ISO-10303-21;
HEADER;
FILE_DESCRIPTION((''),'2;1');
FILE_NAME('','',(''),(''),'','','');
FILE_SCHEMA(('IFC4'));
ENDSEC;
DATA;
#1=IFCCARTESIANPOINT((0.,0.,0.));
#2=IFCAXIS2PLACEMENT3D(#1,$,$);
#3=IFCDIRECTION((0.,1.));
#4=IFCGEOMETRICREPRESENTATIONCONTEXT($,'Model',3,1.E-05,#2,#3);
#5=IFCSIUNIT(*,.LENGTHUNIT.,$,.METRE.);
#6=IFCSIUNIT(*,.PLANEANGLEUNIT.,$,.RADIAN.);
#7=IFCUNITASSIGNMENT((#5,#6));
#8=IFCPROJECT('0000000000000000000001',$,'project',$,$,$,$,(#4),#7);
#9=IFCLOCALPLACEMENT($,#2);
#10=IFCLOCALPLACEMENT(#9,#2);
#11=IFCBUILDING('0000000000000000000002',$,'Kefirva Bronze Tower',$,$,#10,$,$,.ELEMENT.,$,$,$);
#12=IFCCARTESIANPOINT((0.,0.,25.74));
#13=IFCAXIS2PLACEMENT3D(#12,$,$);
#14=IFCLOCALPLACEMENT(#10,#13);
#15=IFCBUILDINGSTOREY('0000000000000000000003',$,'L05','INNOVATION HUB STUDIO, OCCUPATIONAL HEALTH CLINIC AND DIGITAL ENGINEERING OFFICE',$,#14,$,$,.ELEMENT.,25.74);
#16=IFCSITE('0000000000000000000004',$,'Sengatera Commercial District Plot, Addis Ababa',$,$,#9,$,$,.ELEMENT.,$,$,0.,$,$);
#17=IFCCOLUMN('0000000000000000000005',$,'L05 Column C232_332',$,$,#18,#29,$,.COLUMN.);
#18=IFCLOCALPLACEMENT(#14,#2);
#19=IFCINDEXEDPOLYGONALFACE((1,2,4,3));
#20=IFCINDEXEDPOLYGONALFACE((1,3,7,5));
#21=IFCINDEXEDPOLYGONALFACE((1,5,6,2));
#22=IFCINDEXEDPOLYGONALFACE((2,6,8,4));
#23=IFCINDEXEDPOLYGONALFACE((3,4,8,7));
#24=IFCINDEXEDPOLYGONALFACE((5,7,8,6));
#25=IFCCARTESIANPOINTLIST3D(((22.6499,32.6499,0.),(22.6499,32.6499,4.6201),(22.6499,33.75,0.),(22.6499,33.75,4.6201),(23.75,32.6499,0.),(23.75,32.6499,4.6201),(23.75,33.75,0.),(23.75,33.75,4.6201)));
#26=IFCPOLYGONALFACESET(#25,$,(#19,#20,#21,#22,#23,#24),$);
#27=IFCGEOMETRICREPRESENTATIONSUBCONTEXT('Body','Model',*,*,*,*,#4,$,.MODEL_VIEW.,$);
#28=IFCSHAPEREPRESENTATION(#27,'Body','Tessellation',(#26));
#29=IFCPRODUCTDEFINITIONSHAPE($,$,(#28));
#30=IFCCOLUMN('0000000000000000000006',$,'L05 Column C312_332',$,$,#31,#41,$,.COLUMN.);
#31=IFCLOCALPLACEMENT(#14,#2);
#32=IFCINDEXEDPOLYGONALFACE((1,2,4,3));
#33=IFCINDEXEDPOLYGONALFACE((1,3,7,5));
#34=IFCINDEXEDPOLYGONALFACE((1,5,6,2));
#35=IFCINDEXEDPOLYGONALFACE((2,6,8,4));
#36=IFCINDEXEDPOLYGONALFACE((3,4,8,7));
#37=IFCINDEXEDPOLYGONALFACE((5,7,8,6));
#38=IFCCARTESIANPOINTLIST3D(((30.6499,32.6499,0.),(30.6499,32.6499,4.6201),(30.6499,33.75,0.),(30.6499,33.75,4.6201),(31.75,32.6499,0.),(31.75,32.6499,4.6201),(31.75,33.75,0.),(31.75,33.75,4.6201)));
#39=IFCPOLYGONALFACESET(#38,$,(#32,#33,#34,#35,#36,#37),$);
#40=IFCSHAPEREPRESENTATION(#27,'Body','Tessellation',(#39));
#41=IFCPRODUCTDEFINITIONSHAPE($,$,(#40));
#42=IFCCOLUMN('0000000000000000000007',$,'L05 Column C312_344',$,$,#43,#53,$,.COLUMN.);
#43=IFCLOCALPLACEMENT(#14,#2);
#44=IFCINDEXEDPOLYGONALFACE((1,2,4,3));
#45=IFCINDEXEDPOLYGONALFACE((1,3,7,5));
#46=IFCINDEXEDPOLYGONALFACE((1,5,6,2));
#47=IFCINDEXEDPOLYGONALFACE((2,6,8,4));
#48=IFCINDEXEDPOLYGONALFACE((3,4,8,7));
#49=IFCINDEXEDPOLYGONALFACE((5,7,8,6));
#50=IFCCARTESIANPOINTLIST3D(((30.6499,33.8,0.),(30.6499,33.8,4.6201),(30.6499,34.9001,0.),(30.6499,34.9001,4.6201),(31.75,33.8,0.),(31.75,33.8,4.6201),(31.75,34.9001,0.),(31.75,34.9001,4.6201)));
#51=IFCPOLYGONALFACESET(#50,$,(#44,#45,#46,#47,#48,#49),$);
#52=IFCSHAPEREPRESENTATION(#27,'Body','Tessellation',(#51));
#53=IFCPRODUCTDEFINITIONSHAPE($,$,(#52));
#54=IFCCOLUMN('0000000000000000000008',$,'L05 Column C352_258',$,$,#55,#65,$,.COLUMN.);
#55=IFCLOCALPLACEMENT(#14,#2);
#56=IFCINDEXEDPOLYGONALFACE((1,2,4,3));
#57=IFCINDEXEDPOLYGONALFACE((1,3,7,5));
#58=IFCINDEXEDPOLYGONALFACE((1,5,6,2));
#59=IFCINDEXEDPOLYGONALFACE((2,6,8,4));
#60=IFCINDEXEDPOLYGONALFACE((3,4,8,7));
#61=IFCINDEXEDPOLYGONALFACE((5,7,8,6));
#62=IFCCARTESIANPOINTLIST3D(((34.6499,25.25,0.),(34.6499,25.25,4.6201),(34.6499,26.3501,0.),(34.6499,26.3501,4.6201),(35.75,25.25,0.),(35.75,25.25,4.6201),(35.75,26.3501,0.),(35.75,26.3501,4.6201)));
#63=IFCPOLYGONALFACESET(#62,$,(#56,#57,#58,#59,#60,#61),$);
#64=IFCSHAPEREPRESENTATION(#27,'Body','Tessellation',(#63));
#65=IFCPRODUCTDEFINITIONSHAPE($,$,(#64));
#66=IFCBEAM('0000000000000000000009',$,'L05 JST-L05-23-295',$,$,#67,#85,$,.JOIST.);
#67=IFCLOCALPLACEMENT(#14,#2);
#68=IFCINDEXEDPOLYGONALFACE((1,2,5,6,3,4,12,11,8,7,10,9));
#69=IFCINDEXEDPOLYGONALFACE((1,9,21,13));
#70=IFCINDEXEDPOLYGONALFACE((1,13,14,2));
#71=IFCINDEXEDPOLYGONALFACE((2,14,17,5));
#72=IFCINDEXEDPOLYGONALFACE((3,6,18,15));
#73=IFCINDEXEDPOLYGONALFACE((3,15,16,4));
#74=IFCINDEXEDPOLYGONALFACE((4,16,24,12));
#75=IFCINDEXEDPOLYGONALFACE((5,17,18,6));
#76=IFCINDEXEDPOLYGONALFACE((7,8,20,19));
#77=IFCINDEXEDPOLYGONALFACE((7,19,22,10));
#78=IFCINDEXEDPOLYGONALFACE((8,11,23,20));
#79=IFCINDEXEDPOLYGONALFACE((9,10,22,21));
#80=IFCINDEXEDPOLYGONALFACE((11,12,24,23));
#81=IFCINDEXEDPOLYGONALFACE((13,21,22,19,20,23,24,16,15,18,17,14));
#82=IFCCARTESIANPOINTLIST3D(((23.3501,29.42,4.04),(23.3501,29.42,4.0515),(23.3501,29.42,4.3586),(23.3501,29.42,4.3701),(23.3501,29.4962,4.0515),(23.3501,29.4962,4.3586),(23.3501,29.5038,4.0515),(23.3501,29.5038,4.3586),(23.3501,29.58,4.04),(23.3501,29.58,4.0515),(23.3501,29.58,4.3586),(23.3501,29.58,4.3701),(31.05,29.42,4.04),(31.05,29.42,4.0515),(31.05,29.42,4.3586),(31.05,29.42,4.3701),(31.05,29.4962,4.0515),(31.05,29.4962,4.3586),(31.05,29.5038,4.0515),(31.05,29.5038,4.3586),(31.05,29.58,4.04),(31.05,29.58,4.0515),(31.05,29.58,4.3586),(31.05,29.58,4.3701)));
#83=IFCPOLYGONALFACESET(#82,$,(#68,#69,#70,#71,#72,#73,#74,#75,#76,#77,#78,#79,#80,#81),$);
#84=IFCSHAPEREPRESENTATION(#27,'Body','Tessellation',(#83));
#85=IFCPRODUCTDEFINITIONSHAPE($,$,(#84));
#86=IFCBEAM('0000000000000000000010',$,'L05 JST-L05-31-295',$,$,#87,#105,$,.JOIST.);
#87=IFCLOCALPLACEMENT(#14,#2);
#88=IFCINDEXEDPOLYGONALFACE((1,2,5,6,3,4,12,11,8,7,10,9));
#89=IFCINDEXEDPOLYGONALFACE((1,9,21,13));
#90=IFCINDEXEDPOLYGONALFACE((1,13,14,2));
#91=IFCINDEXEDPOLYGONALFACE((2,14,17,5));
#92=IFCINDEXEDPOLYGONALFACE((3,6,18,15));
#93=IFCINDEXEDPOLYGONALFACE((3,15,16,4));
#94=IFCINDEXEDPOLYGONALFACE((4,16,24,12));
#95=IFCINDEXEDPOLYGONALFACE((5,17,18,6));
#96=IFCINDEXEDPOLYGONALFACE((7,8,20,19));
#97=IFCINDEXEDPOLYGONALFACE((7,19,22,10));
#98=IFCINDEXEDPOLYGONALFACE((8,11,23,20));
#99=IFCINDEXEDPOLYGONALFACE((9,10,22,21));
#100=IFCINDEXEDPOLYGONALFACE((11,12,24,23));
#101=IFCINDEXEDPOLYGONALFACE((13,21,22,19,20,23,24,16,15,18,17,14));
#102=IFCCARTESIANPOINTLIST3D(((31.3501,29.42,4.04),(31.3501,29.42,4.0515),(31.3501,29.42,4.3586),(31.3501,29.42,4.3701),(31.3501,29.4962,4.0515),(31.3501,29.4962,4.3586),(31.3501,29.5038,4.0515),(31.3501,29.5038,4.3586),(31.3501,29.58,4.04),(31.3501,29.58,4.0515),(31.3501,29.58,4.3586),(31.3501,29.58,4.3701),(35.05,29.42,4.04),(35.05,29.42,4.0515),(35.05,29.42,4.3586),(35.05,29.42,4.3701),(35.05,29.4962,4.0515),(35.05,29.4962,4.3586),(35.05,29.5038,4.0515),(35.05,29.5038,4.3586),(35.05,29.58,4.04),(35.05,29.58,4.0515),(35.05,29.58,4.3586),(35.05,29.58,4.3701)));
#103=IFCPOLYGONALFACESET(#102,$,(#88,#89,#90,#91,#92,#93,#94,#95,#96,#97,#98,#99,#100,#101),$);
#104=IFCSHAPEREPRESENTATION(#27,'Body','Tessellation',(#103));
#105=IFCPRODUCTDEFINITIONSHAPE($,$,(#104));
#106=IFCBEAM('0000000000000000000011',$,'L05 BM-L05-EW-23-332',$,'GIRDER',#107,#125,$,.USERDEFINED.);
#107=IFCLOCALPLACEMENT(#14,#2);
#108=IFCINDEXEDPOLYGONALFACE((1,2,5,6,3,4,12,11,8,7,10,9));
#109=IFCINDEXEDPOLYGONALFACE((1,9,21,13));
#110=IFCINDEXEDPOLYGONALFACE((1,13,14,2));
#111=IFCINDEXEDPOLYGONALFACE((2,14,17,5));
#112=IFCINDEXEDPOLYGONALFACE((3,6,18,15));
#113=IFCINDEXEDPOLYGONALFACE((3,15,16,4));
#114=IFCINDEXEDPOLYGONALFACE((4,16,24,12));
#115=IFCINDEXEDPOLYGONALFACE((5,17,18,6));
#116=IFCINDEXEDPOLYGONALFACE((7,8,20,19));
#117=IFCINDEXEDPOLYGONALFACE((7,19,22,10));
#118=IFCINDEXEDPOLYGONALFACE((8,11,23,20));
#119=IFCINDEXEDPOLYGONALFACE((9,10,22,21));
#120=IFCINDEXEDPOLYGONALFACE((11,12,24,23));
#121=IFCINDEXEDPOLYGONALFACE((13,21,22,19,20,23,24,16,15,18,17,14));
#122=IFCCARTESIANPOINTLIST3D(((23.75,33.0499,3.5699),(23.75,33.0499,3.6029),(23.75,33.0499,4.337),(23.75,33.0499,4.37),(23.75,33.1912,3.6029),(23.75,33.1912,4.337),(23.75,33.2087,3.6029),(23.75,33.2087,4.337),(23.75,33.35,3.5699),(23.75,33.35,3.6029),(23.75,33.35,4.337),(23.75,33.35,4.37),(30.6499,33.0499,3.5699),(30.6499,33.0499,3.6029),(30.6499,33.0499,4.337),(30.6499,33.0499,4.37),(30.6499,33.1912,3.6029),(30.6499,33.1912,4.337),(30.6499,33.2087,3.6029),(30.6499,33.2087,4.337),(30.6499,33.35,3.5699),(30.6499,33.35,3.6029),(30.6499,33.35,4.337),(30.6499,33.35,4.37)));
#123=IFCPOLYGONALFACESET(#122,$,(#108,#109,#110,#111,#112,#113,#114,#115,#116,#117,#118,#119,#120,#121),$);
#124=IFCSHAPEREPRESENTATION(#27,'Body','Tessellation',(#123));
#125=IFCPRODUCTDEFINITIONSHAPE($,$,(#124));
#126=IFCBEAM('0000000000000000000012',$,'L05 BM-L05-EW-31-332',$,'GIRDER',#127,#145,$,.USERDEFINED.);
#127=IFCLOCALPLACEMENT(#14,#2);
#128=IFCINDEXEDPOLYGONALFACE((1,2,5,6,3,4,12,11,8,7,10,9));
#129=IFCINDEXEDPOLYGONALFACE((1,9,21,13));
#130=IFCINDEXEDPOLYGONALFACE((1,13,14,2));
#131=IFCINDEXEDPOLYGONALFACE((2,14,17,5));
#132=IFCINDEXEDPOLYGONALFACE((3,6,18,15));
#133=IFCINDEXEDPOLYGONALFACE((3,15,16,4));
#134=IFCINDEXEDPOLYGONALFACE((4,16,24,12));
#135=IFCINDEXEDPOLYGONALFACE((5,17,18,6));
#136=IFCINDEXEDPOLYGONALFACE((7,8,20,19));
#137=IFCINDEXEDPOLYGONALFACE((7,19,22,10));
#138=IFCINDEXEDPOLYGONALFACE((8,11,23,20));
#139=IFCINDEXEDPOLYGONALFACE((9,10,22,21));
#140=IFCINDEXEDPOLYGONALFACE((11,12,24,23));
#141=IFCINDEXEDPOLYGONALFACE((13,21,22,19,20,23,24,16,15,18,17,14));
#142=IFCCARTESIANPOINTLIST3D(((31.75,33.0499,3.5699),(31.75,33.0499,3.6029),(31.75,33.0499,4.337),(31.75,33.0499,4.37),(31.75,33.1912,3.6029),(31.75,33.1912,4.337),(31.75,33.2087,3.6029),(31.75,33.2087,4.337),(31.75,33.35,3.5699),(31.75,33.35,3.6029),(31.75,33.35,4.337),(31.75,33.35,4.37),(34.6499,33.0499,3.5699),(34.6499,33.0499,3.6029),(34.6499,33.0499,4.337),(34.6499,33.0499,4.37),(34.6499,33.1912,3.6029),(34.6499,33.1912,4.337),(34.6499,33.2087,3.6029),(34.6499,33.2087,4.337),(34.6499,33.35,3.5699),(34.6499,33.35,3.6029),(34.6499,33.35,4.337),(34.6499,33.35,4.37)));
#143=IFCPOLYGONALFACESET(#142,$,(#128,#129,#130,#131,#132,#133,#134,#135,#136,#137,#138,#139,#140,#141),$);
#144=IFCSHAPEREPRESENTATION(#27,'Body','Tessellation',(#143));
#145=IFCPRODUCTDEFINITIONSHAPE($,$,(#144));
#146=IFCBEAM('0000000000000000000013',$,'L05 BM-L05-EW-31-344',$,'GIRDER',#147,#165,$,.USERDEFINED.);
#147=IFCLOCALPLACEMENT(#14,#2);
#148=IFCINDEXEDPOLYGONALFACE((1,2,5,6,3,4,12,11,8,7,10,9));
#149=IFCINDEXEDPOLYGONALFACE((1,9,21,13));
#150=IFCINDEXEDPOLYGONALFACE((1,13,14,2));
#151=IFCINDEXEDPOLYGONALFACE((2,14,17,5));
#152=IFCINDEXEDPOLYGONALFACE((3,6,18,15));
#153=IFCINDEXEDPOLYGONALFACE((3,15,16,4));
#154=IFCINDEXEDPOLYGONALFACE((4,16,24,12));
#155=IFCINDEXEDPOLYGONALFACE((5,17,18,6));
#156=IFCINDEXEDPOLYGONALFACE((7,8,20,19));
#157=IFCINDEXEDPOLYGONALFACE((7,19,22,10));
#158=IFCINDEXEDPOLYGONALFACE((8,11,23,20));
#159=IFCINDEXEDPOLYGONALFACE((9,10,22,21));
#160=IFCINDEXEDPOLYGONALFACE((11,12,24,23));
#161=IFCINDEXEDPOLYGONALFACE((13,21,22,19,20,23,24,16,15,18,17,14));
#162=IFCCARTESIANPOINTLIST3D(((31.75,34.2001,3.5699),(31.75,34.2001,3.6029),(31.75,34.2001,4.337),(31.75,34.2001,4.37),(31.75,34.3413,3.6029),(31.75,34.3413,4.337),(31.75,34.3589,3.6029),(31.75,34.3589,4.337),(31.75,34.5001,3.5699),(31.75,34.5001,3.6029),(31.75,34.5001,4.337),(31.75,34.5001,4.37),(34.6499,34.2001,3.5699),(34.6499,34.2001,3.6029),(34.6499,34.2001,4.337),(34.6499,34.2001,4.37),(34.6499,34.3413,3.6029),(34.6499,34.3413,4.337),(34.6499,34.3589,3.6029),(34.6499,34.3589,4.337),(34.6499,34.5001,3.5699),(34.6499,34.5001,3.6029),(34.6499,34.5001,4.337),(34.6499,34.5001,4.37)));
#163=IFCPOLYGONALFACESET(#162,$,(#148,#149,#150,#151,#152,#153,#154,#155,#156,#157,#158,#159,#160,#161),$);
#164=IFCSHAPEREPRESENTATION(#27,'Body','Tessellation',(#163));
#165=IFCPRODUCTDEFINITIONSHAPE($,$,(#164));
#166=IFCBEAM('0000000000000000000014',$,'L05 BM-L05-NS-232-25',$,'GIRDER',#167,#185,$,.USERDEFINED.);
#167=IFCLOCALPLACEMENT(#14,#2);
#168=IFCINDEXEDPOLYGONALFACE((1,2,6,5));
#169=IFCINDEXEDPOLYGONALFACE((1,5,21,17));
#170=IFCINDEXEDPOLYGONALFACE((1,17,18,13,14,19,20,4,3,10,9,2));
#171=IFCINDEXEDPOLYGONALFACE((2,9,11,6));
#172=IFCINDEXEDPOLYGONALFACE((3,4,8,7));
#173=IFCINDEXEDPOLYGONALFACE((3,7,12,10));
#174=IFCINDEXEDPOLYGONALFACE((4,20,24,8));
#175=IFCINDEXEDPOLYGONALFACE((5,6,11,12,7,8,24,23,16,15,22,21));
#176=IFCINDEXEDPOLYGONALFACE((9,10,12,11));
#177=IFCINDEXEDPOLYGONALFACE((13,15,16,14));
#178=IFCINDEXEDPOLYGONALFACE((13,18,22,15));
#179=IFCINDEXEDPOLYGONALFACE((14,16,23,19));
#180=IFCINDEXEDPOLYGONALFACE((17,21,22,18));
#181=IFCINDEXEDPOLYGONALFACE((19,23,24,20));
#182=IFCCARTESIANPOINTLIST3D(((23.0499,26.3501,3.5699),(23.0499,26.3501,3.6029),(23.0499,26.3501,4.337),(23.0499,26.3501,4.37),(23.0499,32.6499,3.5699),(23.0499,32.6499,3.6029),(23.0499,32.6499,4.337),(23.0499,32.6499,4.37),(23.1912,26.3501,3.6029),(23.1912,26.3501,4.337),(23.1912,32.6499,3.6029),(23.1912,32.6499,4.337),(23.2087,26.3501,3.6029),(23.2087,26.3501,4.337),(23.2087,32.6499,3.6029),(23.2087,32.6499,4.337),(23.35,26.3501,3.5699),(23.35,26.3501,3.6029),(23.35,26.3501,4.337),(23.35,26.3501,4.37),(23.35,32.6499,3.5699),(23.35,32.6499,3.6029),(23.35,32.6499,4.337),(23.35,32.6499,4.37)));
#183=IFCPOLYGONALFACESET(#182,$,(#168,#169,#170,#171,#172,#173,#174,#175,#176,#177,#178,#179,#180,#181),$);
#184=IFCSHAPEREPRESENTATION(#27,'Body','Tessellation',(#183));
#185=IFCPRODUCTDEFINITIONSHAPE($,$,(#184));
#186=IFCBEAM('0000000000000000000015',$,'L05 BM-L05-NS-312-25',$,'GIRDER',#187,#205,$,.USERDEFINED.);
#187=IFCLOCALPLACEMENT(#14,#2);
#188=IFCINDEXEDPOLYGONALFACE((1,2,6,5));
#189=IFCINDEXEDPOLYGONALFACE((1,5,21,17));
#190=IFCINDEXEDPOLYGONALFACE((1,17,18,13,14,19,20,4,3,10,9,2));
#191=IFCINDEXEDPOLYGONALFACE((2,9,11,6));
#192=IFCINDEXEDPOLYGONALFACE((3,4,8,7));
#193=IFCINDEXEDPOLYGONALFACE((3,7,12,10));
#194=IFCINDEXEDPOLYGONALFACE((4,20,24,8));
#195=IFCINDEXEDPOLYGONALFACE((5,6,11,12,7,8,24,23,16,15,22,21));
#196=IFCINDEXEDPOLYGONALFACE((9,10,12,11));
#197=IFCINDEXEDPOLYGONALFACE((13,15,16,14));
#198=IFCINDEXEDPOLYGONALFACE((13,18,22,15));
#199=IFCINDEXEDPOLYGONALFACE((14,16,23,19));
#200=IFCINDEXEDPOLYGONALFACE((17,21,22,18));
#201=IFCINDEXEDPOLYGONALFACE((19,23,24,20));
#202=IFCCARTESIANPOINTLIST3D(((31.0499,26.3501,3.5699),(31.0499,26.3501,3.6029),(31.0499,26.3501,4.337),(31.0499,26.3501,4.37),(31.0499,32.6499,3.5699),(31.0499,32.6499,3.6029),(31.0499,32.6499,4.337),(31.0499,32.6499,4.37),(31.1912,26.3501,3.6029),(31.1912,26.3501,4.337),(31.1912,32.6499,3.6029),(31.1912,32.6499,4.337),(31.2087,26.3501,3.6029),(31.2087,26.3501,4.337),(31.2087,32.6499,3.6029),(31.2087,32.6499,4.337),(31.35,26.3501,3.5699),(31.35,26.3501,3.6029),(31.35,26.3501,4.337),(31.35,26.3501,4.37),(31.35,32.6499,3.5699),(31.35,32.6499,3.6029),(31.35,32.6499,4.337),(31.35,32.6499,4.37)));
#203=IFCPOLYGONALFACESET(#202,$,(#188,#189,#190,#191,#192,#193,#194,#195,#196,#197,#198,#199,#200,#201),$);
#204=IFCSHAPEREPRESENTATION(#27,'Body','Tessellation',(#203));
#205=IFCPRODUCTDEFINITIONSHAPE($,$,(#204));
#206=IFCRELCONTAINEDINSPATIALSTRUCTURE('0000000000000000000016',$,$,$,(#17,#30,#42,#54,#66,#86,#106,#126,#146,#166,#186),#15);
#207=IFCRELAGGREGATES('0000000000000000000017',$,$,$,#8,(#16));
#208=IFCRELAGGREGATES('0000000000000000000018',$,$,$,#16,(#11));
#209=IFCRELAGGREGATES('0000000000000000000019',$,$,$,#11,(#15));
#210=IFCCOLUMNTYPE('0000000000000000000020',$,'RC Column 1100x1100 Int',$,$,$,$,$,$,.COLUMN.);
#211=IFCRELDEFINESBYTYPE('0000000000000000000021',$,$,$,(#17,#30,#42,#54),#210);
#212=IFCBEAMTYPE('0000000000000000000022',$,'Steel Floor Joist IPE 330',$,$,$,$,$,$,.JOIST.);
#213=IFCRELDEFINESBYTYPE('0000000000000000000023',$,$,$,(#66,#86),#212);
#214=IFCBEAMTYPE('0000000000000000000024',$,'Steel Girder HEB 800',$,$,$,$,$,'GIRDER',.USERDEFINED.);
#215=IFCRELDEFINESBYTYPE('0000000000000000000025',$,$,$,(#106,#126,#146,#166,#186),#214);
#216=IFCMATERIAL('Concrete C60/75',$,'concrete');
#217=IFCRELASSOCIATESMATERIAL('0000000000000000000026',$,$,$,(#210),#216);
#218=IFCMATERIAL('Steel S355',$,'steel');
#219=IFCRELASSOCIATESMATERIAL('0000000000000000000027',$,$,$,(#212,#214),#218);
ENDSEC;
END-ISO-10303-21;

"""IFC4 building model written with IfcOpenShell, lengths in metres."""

from ifc_helpers import new_model, si_unit, direction, frame, origin, origin_2d, place, context, subcontext, project, spatial, rectangle, i_section, extrude, material, material_profile, profile_set, type_object, element, save


model = new_model("IFC4")

# Units and contexts
model_context = context("Model", 3, precision=1e-05, world=origin(), true_north=direction((0.0, 1.0)))
body_context = subcontext(model_context, "Body", "Model", "MODEL_VIEW")
ifc_project = project(units=[si_unit("LENGTHUNIT", "METRE"), si_unit("PLANEANGLEUNIT", "RADIAN")], contexts=[model_context])

# Site, building, storey
site_placement = place(None, origin())
site = spatial("IfcSite", under=ifc_project, at=site_placement, Name="Sengatera Commercial District Plot, Addis Ababa", CompositionType="ELEMENT", RefElevation=0.0)
building_placement = place(site_placement, origin())
building = spatial("IfcBuilding", under=site, at=building_placement, Name="Kefirva Bronze Tower", CompositionType="ELEMENT")
storey_placement = place(building_placement, frame((0.0, 0.0, 25.74)))
storey = spatial("IfcBuildingStorey", under=building, at=storey_placement, Name="L05", Description="INNOVATION HUB STUDIO, OCCUPATIONAL HEALTH CLINIC AND DIGITAL ENGINEERING OFFICE", CompositionType="ELEMENT", Elevation=25.74)

# Columns
ifc_material_1 = material(Name="Concrete C60/75", Category="concrete")
ifc_material_profile_1 = material_profile(ifc_material_1, rectangle(XDim=1.1001, YDim=1.1001, at=origin_2d()), Name="RC 1100x1100")
ifc_profile_set_1 = profile_set([ifc_material_profile_1], Name="Concrete C60/75")
column_type = type_object("IfcColumnType", Name="RC Column 1100x1100 Int", PredefinedType="COLUMN", material=ifc_profile_set_1)
for number, where, z_axis, x_axis, name in (
    (1, (23.2, 33.2, 0.0), (0.0, 0.0, 1.0), (1.0, 0.0, 0.0), "L05 Column C232_332"),
    (2, (31.2, 33.2, 0.0), (0.0, 0.0, 1.0), (1.0, 0.0, 0.0), "L05 Column C312_332"),
    (3, (31.2, 34.3501, 0.0), (0.0, 0.0, 1.0), (1.0, 0.0, 0.0), "L05 Column C312_344"),
    (4, (35.2, 25.8, 0.0), (0.0, 0.0, 1.0), (1.0, 0.0, 0.0), "L05 Column C352_258"),
):
    element("IfcColumn", number, at=place(storey_placement, frame(where, z_axis=z_axis, x_axis=x_axis)), inside=storey, type_object=column_type, Name=name, PredefinedType="COLUMN", context=body_context, shape_type="SweptSolid", body=[
        extrude(rectangle(XDim=1.1001, YDim=1.1001, at=origin_2d()), origin(), (0.0, 0.0, 1.0), 4.6201),
    ])

# Beams
ifc_material_2 = material(Name="Steel S355", Category="steel")
ifc_material_profile_2 = material_profile(ifc_material_2, i_section(OverallWidth=0.1599, OverallDepth=0.3301, WebThickness=0.0076, FlangeThickness=0.0115, at=origin_2d()), Name="IPE 330")
ifc_profile_set_2 = profile_set([ifc_material_profile_2], Name="Steel S355")
beam_type_1 = type_object("IfcBeamType", Name="Steel Floor Joist IPE 330", PredefinedType="JOIST", material=ifc_profile_set_2)
beam_1_placement = place(storey_placement, frame((23.3501, 29.5, 4.2051), z_axis=(1.0, 0.0, 0.0), x_axis=(0.0, 1.0, 0.0)))
element("IfcBeam", 5, at=beam_1_placement, inside=storey, type_object=beam_type_1, Name="L05 JST-L05-23-295", PredefinedType="JOIST", context=body_context, shape_type="SweptSolid", body=[
    extrude(i_section(OverallWidth=0.1599, OverallDepth=0.3301, WebThickness=0.0076, FlangeThickness=0.0115, at=origin_2d()), origin(), (0.0, 0.0, 1.0), 7.7),
])
beam_2_placement = place(storey_placement, frame((31.3501, 29.5, 4.2051), z_axis=(1.0, 0.0, 0.0), x_axis=(0.0, 1.0, 0.0)))
element("IfcBeam", 6, at=beam_2_placement, inside=storey, type_object=beam_type_1, Name="L05 JST-L05-31-295", PredefinedType="JOIST", context=body_context, shape_type="SweptSolid", body=[
    extrude(i_section(OverallWidth=0.1599, OverallDepth=0.3301, WebThickness=0.0076, FlangeThickness=0.0115, at=origin_2d()), origin(), (0.0, 0.0, 1.0), 3.7),
])
ifc_material_profile_3 = material_profile(ifc_material_2, i_section(OverallWidth=0.3, OverallDepth=0.8, WebThickness=0.0176, FlangeThickness=0.033, at=origin_2d()), Name="HEB 800")
ifc_profile_set_3 = profile_set([ifc_material_profile_3], Name="Steel S355")
beam_type_2 = type_object("IfcBeamType", Name="Steel Girder HEB 800", ElementType="GIRDER", PredefinedType="USERDEFINED", material=ifc_profile_set_3)
beam_3_placement = place(storey_placement, frame((23.75, 33.2, 3.97), z_axis=(1.0, 0.0, 0.0), x_axis=(0.0, 1.0, 0.0)))
element("IfcBeam", 7, at=beam_3_placement, inside=storey, type_object=beam_type_2, Name="L05 BM-L05-EW-23-332", ObjectType="GIRDER", PredefinedType="USERDEFINED", context=body_context, shape_type="SweptSolid", body=[
    extrude(i_section(OverallWidth=0.3, OverallDepth=0.8, WebThickness=0.0176, FlangeThickness=0.033, at=origin_2d()), origin(), (0.0, 0.0, 1.0), 6.8999),
])
for number, where, z_axis, x_axis, name in (
    (8, (31.75, 33.2, 3.97), (1.0, 0.0, 0.0), (0.0, 1.0, 0.0), "L05 BM-L05-EW-31-332"),
    (9, (31.75, 34.3501, 3.97), (1.0, 0.0, 0.0), (0.0, 1.0, 0.0), "L05 BM-L05-EW-31-344"),
):
    element("IfcBeam", number, at=place(storey_placement, frame(where, z_axis=z_axis, x_axis=x_axis)), inside=storey, type_object=beam_type_2, Name=name, ObjectType="GIRDER", PredefinedType="USERDEFINED", context=body_context, shape_type="SweptSolid", body=[
        extrude(i_section(OverallWidth=0.3, OverallDepth=0.8, WebThickness=0.0176, FlangeThickness=0.033, at=origin_2d()), origin(), (0.0, 0.0, 1.0), 2.8999),
    ])
for number, where, z_axis, x_axis, name in (
    (10, (23.2, 26.3501, 3.97), (0.0, 1.0, 0.0), (-1.0, 0.0, 0.0), "L05 BM-L05-NS-232-25"),
    (11, (31.2, 26.3501, 3.97), (0.0, 1.0, 0.0), (-1.0, 0.0, 0.0), "L05 BM-L05-NS-312-25"),
):
    element("IfcBeam", number, at=place(storey_placement, frame(where, z_axis=z_axis, x_axis=x_axis)), inside=storey, type_object=beam_type_2, Name=name, ObjectType="GIRDER", PredefinedType="USERDEFINED", context=body_context, shape_type="SweptSolid", body=[
        extrude(i_section(OverallWidth=0.3, OverallDepth=0.8, WebThickness=0.0176, FlangeThickness=0.033, at=origin_2d()), origin(), (0.0, 0.0, 1.0), 6.2998),
    ])

save(model, "model.ifc")
